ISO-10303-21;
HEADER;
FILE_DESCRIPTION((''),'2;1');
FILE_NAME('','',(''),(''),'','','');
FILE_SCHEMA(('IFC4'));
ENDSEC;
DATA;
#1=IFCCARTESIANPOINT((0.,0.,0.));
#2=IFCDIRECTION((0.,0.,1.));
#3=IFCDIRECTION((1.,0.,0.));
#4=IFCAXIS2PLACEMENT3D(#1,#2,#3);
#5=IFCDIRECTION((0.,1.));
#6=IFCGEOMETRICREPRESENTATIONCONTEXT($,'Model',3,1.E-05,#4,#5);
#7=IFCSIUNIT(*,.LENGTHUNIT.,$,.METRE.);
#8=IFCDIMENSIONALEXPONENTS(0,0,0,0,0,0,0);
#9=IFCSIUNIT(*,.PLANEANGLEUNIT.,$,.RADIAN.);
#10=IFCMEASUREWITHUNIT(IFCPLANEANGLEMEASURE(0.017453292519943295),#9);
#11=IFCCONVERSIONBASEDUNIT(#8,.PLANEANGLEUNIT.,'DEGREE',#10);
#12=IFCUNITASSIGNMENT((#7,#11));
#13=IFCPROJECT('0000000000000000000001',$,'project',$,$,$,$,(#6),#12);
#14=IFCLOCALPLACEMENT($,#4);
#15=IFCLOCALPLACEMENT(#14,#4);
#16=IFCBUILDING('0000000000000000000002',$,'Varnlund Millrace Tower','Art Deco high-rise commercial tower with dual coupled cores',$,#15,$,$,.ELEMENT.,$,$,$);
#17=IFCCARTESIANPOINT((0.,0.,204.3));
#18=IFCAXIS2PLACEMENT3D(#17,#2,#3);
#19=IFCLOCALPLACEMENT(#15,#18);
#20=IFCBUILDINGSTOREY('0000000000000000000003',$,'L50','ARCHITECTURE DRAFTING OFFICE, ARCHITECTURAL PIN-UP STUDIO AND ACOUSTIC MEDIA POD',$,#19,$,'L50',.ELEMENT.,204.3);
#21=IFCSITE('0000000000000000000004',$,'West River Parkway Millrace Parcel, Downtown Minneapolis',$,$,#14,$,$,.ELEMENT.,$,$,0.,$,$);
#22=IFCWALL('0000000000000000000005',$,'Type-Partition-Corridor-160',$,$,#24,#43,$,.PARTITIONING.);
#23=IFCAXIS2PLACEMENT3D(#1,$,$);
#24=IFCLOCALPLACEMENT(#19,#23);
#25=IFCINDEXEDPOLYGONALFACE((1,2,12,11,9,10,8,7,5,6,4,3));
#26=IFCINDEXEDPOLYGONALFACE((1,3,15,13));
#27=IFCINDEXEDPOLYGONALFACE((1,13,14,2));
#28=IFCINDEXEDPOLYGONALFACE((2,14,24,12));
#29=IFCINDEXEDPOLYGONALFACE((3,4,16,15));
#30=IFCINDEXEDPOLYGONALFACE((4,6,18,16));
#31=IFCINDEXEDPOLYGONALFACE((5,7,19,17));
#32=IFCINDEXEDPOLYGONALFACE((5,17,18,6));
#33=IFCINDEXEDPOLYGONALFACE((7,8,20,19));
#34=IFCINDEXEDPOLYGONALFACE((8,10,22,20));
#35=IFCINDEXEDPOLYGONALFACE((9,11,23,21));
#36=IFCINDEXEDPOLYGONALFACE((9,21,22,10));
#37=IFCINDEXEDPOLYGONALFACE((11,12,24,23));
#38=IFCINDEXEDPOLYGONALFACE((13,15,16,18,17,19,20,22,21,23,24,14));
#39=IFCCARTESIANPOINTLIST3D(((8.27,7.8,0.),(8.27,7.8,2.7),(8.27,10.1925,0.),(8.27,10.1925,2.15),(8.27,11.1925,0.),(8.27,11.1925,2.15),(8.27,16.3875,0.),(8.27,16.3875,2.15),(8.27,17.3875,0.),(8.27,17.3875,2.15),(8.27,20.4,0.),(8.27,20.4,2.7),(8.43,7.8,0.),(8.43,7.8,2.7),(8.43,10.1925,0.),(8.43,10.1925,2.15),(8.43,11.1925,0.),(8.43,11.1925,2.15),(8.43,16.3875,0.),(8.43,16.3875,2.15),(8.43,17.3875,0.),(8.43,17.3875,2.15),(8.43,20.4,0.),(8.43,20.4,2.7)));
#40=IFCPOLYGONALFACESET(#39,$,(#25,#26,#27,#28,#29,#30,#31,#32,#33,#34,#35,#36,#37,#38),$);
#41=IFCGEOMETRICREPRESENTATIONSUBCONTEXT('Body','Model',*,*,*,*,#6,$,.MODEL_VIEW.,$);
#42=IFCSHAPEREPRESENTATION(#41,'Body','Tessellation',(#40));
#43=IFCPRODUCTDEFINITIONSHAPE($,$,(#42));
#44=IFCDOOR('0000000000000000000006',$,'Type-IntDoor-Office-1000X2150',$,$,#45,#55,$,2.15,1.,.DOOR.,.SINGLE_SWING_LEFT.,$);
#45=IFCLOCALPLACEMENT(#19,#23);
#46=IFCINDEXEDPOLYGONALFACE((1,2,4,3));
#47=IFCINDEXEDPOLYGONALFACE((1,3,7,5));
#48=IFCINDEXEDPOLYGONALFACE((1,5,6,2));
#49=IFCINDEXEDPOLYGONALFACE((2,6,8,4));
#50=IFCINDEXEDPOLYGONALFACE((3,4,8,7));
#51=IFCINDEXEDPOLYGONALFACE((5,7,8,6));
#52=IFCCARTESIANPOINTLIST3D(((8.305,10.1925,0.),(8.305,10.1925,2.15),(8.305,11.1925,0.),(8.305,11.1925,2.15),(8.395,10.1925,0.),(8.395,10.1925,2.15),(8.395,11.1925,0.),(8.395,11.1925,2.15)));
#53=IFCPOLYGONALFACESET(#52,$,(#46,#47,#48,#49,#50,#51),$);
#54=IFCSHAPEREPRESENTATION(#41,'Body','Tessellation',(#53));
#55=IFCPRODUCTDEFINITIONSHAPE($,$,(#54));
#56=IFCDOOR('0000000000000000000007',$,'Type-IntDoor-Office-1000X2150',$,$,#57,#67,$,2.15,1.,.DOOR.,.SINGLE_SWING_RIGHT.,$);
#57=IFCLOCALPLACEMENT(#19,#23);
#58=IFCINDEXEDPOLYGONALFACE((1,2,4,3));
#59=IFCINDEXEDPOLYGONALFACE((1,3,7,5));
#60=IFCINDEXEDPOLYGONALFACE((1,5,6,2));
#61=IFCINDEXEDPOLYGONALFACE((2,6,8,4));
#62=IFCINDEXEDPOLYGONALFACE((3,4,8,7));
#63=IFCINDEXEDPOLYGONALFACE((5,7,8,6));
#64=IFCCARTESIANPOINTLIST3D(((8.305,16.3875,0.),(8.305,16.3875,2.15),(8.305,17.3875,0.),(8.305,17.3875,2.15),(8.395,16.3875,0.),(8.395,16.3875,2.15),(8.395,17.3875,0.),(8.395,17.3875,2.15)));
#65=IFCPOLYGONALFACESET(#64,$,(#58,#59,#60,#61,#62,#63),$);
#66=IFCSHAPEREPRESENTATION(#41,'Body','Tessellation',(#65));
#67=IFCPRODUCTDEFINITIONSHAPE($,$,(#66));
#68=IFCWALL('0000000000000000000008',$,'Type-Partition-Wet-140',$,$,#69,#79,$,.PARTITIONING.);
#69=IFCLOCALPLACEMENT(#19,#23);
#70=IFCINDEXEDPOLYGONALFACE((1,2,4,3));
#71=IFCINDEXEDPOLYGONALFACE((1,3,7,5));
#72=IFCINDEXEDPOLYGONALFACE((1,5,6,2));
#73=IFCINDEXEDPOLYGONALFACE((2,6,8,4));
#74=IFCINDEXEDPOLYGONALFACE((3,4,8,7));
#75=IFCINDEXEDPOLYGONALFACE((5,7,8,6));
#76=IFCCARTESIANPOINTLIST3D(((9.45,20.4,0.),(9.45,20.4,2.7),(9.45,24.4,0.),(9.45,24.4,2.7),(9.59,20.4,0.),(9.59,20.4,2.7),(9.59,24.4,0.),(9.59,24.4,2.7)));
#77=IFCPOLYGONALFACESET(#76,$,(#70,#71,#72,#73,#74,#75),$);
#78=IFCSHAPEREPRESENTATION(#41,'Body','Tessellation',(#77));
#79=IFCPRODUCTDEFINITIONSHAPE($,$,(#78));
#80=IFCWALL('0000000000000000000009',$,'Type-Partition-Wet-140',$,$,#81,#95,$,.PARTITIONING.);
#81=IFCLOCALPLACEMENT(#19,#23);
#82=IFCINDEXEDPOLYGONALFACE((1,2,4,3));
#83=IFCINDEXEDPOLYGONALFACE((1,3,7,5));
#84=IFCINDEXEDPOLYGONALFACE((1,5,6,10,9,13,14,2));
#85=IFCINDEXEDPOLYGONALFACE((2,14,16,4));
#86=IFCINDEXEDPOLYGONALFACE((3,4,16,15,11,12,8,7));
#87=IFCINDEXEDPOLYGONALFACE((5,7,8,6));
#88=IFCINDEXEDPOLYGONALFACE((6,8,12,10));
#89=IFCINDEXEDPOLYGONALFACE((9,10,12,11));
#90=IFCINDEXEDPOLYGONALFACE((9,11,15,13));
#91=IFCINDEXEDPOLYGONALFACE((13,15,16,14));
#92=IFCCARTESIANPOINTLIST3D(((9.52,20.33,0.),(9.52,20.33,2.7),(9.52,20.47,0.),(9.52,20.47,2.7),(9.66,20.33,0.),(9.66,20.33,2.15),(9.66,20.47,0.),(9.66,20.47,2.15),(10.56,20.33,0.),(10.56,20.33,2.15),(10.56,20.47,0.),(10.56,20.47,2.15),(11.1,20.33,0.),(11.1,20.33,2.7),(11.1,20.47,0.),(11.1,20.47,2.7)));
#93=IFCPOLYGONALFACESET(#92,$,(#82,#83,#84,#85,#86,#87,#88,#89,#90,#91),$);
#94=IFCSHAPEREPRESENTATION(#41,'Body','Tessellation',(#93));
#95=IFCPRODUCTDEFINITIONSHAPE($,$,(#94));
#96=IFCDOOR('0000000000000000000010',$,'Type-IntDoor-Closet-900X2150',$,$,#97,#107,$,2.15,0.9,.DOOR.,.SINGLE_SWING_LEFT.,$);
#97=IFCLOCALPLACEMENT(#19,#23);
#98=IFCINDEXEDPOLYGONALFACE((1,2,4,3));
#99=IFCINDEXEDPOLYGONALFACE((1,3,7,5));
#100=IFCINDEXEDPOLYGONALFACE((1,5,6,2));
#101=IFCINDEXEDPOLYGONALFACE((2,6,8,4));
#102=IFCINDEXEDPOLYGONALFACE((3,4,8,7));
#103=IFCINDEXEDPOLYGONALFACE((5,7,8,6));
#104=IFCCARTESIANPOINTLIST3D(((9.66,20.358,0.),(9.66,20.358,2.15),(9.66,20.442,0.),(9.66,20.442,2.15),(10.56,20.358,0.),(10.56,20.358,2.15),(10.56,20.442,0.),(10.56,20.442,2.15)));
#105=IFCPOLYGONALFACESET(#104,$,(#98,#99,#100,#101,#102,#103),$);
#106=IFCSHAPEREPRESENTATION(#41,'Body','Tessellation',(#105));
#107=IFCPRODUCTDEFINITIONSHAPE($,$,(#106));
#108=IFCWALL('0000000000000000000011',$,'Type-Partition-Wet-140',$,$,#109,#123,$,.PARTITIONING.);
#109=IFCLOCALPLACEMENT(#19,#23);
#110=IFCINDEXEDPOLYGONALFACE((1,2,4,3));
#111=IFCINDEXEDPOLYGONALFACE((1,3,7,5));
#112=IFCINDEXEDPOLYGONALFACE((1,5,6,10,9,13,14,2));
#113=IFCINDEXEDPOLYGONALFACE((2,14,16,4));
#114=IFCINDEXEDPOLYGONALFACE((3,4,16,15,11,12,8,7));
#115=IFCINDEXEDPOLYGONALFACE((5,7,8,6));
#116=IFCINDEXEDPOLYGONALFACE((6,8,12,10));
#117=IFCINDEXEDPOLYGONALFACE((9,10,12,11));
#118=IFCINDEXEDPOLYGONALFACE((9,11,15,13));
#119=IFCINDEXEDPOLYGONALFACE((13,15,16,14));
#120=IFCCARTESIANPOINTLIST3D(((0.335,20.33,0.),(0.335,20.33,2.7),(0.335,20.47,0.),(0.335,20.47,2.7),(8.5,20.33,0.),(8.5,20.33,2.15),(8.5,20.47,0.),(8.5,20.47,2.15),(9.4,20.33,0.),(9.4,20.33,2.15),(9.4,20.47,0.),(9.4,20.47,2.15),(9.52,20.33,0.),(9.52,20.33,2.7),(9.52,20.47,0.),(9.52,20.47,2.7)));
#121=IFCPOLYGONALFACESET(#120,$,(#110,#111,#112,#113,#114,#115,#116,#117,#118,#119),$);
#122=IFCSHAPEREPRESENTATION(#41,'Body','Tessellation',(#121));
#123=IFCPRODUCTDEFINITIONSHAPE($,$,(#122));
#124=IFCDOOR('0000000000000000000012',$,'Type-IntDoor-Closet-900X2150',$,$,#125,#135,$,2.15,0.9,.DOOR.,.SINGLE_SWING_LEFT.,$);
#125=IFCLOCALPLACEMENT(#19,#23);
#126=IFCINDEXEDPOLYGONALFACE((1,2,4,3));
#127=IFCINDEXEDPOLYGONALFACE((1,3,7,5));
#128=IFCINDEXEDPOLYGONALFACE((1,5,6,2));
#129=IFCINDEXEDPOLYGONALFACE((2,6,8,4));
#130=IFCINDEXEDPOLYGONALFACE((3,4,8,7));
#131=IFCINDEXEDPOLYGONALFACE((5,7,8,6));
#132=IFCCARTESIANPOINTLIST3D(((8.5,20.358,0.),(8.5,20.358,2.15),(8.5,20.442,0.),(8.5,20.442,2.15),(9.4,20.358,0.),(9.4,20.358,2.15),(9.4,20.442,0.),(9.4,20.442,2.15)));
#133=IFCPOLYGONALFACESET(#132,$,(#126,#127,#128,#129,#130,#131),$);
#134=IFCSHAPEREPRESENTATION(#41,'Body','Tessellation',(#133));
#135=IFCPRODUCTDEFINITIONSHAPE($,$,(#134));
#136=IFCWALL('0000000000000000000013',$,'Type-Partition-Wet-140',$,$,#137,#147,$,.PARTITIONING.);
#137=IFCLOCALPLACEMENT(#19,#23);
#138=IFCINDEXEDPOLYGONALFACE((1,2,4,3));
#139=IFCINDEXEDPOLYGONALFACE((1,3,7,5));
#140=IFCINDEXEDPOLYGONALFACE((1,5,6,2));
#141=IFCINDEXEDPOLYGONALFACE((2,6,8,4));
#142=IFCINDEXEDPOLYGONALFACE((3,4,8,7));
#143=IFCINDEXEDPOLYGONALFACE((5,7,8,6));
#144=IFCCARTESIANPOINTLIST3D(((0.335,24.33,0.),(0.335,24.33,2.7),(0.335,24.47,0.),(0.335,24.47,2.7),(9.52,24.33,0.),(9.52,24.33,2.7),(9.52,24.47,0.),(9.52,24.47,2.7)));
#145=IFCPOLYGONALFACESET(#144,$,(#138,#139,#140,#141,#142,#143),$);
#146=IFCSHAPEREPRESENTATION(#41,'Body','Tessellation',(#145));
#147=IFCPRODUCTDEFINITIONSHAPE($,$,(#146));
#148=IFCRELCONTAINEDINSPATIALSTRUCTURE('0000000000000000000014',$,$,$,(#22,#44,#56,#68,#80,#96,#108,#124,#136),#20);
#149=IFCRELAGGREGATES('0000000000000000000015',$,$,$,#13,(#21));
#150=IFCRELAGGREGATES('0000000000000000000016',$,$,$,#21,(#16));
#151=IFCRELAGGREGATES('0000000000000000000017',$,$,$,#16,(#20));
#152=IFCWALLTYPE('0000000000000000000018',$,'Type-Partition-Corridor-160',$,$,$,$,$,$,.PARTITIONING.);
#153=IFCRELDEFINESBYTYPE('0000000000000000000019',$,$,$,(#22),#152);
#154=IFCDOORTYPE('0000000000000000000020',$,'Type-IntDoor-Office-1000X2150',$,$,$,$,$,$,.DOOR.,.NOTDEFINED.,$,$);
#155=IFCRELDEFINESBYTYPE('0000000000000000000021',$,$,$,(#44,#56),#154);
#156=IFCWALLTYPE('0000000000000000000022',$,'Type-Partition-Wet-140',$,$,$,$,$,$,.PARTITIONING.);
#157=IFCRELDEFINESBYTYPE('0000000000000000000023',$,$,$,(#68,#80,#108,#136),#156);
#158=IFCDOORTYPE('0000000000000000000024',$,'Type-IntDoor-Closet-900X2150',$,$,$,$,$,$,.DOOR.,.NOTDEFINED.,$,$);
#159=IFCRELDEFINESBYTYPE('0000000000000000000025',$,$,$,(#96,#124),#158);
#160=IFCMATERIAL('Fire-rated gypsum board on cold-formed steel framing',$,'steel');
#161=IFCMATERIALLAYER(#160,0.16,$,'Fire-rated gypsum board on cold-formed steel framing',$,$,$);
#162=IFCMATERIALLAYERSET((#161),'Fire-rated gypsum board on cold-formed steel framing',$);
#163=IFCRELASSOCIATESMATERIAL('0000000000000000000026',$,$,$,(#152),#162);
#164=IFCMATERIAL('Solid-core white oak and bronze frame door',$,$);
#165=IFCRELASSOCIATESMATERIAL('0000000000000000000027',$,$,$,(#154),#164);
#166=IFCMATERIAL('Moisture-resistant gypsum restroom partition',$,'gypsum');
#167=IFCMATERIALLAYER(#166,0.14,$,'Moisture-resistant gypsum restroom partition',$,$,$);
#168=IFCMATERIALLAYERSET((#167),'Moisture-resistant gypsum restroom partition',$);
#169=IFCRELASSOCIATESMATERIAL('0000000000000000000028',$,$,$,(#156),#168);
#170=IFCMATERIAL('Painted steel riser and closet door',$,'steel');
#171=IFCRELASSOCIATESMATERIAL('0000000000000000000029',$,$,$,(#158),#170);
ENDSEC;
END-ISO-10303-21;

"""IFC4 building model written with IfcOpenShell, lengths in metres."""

from ifc_helpers import new_model, entity, si_unit, converted_unit, direction, frame, origin_with_axes, origin_2d_with_axis, place, context, subcontext, project, spatial, polyline, rectangle, outline, extrude, material, layer, layer_set, type_object, element, fill, save


model = new_model("IFC4")

# Units and contexts
model_context = context("Model", 3, precision=1e-05, world=origin_with_axes(), true_north=direction((0.0, 1.0)))
body_context = subcontext(model_context, "Body", "Model", "MODEL_VIEW")
ifc_project = project(units=[si_unit("LENGTHUNIT", "METRE"), converted_unit("PLANEANGLEUNIT", "DEGREE", entity("IfcPlaneAngleMeasure", 0.017453292519943295), si_unit("PLANEANGLEUNIT", "RADIAN"), dimensions=[0, 0, 0, 0, 0, 0, 0])], contexts=[model_context])

# Site, building, storey
site_placement = place(None, origin_with_axes())
site = spatial("IfcSite", under=ifc_project, at=site_placement, Name="West River Parkway Millrace Parcel, Downtown Minneapolis", CompositionType="ELEMENT", RefElevation=0.0)
building_placement = place(site_placement, origin_with_axes())
building = spatial("IfcBuilding", under=site, at=building_placement, Name="Varnlund Millrace Tower", Description="Art Deco high-rise commercial tower with dual coupled cores", CompositionType="ELEMENT")
storey_placement = place(building_placement, frame((0.0, 0.0, 204.3), z_axis=(0.0, 0.0, 1.0), x_axis=(1.0, 0.0, 0.0)))
storey = spatial("IfcBuildingStorey", under=building, at=storey_placement, Name="L50", Description="ARCHITECTURE DRAFTING OFFICE, ARCHITECTURAL PIN-UP STUDIO AND ACOUSTIC MEDIA POD", LongName="L50", CompositionType="ELEMENT", Elevation=204.3)

# Shared definitions
ifc_material_1 = material(Name="Fire-rated gypsum board on cold-formed steel framing", Category="steel")
ifc_layer_1 = layer(ifc_material_1, 0.16, Name="Fire-rated gypsum board on cold-formed steel framing")
ifc_layer_set_1 = layer_set([ifc_layer_1], Name="Fire-rated gypsum board on cold-formed steel framing")
wall_type_1 = type_object("IfcWallType", Name="Type-Partition-Corridor-160", PredefinedType="PARTITIONING", material=ifc_layer_set_1)

# Shared definitions
ifc_material_2 = material(Name="Solid-core white oak and bronze frame door")
door_type_1 = type_object("IfcDoorType", Name="Type-IntDoor-Office-1000X2150", OperationType="NOTDEFINED", PredefinedType="DOOR", material=ifc_material_2)

# Wall, openings, doors
wall_1_placement = place(storey_placement, frame((8.35, 7.8, 0.0), z_axis=(0.0, 0.0, 1.0), x_axis=(0.0, 1.0, 0.0)))
wall_1 = element("IfcWall", 1, at=wall_1_placement, inside=storey, type_object=wall_type_1, Name="Type-Partition-Corridor-160", PredefinedType="PARTITIONING", context=body_context, shape_type="SweptSolid", body=[
    extrude(outline(polyline([(0.0, -0.08), (12.6, -0.08), (12.6, 0.08), (0.0, 0.08), (0.0, -0.08)])), origin_with_axes(), (0.0, 0.0, 1.0), 2.7),
])
opening_1_placement = place(wall_1_placement, frame((2.8925, 0.0, 0.0), z_axis=(0.0, 0.0, 1.0), x_axis=(1.0, 0.0, 0.0)))
opening_1 = element("IfcOpeningElement", 2, at=opening_1_placement, cuts=wall_1, PredefinedType="OPENING", context=body_context, shape_type="SweptSolid", body=[
    extrude(rectangle(XDim=1.0, YDim=0.18, at=origin_2d_with_axis()), origin_with_axes(), (0.0, 0.0, 1.0), 2.15),
])
opening_2_placement = place(wall_1_placement, frame((9.0875, 0.0, 0.0), z_axis=(0.0, 0.0, 1.0), x_axis=(1.0, 0.0, 0.0)))
opening_2 = element("IfcOpeningElement", 3, at=opening_2_placement, cuts=wall_1, PredefinedType="OPENING", context=body_context, shape_type="SweptSolid", body=[
    extrude(rectangle(XDim=1.0, YDim=0.18, at=origin_2d_with_axis()), origin_with_axes(), (0.0, 0.0, 1.0), 2.15),
])
door_1_placement = place(wall_1_placement, frame((2.8925, 0.0, 0.0), z_axis=(0.0, 0.0, 1.0), x_axis=(1.0, 0.0, 0.0)))
door_1 = element("IfcDoor", 4, at=door_1_placement, inside=storey, type_object=door_type_1, Name="Type-IntDoor-Office-1000X2150", OperationType="SINGLE_SWING_LEFT", OverallHeight=2.15, OverallWidth=1.0, PredefinedType="DOOR", context=body_context, shape_type="SweptSolid", body=[
    extrude(rectangle(XDim=1.0, YDim=0.09, at=origin_2d_with_axis()), origin_with_axes(), (0.0, 0.0, 1.0), 2.15),
])
fill(opening_1, door_1)
door_2_placement = place(wall_1_placement, frame((9.0875, 0.0, 0.0), z_axis=(0.0, 0.0, 1.0), x_axis=(1.0, 0.0, 0.0)))
door_2 = element("IfcDoor", 5, at=door_2_placement, inside=storey, type_object=door_type_1, Name="Type-IntDoor-Office-1000X2150", OperationType="SINGLE_SWING_RIGHT", OverallHeight=2.15, OverallWidth=1.0, PredefinedType="DOOR", context=body_context, shape_type="SweptSolid", body=[
    extrude(rectangle(XDim=1.0, YDim=0.09, at=origin_2d_with_axis()), origin_with_axes(), (0.0, 0.0, 1.0), 2.15),
])
fill(opening_2, door_2)

# Wall
ifc_material_3 = material(Name="Moisture-resistant gypsum restroom partition", Category="gypsum")
ifc_layer_2 = layer(ifc_material_3, 0.14, Name="Moisture-resistant gypsum restroom partition")
ifc_layer_set_2 = layer_set([ifc_layer_2], Name="Moisture-resistant gypsum restroom partition")
wall_type_2 = type_object("IfcWallType", Name="Type-Partition-Wet-140", PredefinedType="PARTITIONING", material=ifc_layer_set_2)
wall_2_placement = place(storey_placement, frame((9.52, 20.4, 0.0), z_axis=(0.0, 0.0, 1.0), x_axis=(0.0, 1.0, 0.0)))
element("IfcWall", 6, at=wall_2_placement, inside=storey, type_object=wall_type_2, Name="Type-Partition-Wet-140", PredefinedType="PARTITIONING", context=body_context, shape_type="SweptSolid", body=[
    extrude(outline(polyline([(0.0, -0.07), (4.0, -0.07), (4.0, 0.07), (0.0, 0.07), (0.0, -0.07)])), origin_with_axes(), (0.0, 0.0, 1.0), 2.7),
])

# Walls, openings, doors
wall_3_placement = place(storey_placement, frame((9.52, 20.4, 0.0), z_axis=(0.0, 0.0, 1.0), x_axis=(1.0, 0.0, 0.0)))
wall_3 = element("IfcWall", 7, at=wall_3_placement, inside=storey, type_object=wall_type_2, Name="Type-Partition-Wet-140", PredefinedType="PARTITIONING", context=body_context, shape_type="SweptSolid", body=[
    extrude(outline(polyline([(0.0, -0.07), (1.58, -0.07), (1.58, 0.07), (0.0, 0.07), (0.0, -0.07)])), origin_with_axes(), (0.0, 0.0, 1.0), 2.7),
])
opening_3_placement = place(wall_3_placement, frame((0.59, 0.0, 0.0), z_axis=(0.0, 0.0, 1.0), x_axis=(1.0, 0.0, 0.0)))
opening_3 = element("IfcOpeningElement", 8, at=opening_3_placement, cuts=wall_3, PredefinedType="OPENING", context=body_context, shape_type="SweptSolid", body=[
    extrude(rectangle(XDim=0.9, YDim=0.16, at=origin_2d_with_axis()), origin_with_axes(), (0.0, 0.0, 1.0), 2.15),
])
ifc_material_4 = material(Name="Painted steel riser and closet door", Category="steel")
door_type_2 = type_object("IfcDoorType", Name="Type-IntDoor-Closet-900X2150", OperationType="NOTDEFINED", PredefinedType="DOOR", material=ifc_material_4)
door_3_placement = place(wall_3_placement, frame((0.59, 0.0, 0.0), z_axis=(0.0, 0.0, 1.0), x_axis=(1.0, 0.0, 0.0)))
door_3 = element("IfcDoor", 9, at=door_3_placement, inside=storey, type_object=door_type_2, Name="Type-IntDoor-Closet-900X2150", OperationType="SINGLE_SWING_LEFT", OverallHeight=2.15, OverallWidth=0.9, PredefinedType="DOOR", context=body_context, shape_type="SweptSolid", body=[
    extrude(rectangle(XDim=0.9, YDim=0.084, at=origin_2d_with_axis()), origin_with_axes(), (0.0, 0.0, 1.0), 2.15),
])
fill(opening_3, door_3)
wall_4_placement = place(storey_placement, frame((0.335, 20.4, 0.0), z_axis=(0.0, 0.0, 1.0), x_axis=(1.0, 0.0, 0.0)))
wall_4 = element("IfcWall", 10, at=wall_4_placement, inside=storey, type_object=wall_type_2, Name="Type-Partition-Wet-140", PredefinedType="PARTITIONING", context=body_context, shape_type="SweptSolid", body=[
    extrude(outline(polyline([(0.0, -0.07), (9.185, -0.07), (9.185, 0.07), (0.0, 0.07), (0.0, -0.07)])), origin_with_axes(), (0.0, 0.0, 1.0), 2.7),
])
opening_4_placement = place(wall_4_placement, frame((8.615, 0.0, 0.0), z_axis=(0.0, 0.0, 1.0), x_axis=(1.0, 0.0, 0.0)))
opening_4 = element("IfcOpeningElement", 11, at=opening_4_placement, cuts=wall_4, PredefinedType="OPENING", context=body_context, shape_type="SweptSolid", body=[
    extrude(rectangle(XDim=0.9, YDim=0.16, at=origin_2d_with_axis()), origin_with_axes(), (0.0, 0.0, 1.0), 2.15),
])
door_4_placement = place(wall_4_placement, frame((8.615, 0.0, 0.0), z_axis=(0.0, 0.0, 1.0), x_axis=(1.0, 0.0, 0.0)))
door_4 = element("IfcDoor", 12, at=door_4_placement, inside=storey, type_object=door_type_2, Name="Type-IntDoor-Closet-900X2150", OperationType="SINGLE_SWING_LEFT", OverallHeight=2.15, OverallWidth=0.9, PredefinedType="DOOR", context=body_context, shape_type="SweptSolid", body=[
    extrude(rectangle(XDim=0.9, YDim=0.084, at=origin_2d_with_axis()), origin_with_axes(), (0.0, 0.0, 1.0), 2.15),
])
fill(opening_4, door_4)

# Wall
wall_5_placement = place(storey_placement, frame((0.335, 24.4, 0.0), z_axis=(0.0, 0.0, 1.0), x_axis=(1.0, 0.0, 0.0)))
element("IfcWall", 13, at=wall_5_placement, inside=storey, type_object=wall_type_2, Name="Type-Partition-Wet-140", PredefinedType="PARTITIONING", context=body_context, shape_type="SweptSolid", body=[
    extrude(outline(polyline([(0.0, -0.07), (9.185, -0.07), (9.185, 0.07), (0.0, 0.07), (0.0, -0.07)])), origin_with_axes(), (0.0, 0.0, 1.0), 2.7),
])

save(model, "model.ifc")
